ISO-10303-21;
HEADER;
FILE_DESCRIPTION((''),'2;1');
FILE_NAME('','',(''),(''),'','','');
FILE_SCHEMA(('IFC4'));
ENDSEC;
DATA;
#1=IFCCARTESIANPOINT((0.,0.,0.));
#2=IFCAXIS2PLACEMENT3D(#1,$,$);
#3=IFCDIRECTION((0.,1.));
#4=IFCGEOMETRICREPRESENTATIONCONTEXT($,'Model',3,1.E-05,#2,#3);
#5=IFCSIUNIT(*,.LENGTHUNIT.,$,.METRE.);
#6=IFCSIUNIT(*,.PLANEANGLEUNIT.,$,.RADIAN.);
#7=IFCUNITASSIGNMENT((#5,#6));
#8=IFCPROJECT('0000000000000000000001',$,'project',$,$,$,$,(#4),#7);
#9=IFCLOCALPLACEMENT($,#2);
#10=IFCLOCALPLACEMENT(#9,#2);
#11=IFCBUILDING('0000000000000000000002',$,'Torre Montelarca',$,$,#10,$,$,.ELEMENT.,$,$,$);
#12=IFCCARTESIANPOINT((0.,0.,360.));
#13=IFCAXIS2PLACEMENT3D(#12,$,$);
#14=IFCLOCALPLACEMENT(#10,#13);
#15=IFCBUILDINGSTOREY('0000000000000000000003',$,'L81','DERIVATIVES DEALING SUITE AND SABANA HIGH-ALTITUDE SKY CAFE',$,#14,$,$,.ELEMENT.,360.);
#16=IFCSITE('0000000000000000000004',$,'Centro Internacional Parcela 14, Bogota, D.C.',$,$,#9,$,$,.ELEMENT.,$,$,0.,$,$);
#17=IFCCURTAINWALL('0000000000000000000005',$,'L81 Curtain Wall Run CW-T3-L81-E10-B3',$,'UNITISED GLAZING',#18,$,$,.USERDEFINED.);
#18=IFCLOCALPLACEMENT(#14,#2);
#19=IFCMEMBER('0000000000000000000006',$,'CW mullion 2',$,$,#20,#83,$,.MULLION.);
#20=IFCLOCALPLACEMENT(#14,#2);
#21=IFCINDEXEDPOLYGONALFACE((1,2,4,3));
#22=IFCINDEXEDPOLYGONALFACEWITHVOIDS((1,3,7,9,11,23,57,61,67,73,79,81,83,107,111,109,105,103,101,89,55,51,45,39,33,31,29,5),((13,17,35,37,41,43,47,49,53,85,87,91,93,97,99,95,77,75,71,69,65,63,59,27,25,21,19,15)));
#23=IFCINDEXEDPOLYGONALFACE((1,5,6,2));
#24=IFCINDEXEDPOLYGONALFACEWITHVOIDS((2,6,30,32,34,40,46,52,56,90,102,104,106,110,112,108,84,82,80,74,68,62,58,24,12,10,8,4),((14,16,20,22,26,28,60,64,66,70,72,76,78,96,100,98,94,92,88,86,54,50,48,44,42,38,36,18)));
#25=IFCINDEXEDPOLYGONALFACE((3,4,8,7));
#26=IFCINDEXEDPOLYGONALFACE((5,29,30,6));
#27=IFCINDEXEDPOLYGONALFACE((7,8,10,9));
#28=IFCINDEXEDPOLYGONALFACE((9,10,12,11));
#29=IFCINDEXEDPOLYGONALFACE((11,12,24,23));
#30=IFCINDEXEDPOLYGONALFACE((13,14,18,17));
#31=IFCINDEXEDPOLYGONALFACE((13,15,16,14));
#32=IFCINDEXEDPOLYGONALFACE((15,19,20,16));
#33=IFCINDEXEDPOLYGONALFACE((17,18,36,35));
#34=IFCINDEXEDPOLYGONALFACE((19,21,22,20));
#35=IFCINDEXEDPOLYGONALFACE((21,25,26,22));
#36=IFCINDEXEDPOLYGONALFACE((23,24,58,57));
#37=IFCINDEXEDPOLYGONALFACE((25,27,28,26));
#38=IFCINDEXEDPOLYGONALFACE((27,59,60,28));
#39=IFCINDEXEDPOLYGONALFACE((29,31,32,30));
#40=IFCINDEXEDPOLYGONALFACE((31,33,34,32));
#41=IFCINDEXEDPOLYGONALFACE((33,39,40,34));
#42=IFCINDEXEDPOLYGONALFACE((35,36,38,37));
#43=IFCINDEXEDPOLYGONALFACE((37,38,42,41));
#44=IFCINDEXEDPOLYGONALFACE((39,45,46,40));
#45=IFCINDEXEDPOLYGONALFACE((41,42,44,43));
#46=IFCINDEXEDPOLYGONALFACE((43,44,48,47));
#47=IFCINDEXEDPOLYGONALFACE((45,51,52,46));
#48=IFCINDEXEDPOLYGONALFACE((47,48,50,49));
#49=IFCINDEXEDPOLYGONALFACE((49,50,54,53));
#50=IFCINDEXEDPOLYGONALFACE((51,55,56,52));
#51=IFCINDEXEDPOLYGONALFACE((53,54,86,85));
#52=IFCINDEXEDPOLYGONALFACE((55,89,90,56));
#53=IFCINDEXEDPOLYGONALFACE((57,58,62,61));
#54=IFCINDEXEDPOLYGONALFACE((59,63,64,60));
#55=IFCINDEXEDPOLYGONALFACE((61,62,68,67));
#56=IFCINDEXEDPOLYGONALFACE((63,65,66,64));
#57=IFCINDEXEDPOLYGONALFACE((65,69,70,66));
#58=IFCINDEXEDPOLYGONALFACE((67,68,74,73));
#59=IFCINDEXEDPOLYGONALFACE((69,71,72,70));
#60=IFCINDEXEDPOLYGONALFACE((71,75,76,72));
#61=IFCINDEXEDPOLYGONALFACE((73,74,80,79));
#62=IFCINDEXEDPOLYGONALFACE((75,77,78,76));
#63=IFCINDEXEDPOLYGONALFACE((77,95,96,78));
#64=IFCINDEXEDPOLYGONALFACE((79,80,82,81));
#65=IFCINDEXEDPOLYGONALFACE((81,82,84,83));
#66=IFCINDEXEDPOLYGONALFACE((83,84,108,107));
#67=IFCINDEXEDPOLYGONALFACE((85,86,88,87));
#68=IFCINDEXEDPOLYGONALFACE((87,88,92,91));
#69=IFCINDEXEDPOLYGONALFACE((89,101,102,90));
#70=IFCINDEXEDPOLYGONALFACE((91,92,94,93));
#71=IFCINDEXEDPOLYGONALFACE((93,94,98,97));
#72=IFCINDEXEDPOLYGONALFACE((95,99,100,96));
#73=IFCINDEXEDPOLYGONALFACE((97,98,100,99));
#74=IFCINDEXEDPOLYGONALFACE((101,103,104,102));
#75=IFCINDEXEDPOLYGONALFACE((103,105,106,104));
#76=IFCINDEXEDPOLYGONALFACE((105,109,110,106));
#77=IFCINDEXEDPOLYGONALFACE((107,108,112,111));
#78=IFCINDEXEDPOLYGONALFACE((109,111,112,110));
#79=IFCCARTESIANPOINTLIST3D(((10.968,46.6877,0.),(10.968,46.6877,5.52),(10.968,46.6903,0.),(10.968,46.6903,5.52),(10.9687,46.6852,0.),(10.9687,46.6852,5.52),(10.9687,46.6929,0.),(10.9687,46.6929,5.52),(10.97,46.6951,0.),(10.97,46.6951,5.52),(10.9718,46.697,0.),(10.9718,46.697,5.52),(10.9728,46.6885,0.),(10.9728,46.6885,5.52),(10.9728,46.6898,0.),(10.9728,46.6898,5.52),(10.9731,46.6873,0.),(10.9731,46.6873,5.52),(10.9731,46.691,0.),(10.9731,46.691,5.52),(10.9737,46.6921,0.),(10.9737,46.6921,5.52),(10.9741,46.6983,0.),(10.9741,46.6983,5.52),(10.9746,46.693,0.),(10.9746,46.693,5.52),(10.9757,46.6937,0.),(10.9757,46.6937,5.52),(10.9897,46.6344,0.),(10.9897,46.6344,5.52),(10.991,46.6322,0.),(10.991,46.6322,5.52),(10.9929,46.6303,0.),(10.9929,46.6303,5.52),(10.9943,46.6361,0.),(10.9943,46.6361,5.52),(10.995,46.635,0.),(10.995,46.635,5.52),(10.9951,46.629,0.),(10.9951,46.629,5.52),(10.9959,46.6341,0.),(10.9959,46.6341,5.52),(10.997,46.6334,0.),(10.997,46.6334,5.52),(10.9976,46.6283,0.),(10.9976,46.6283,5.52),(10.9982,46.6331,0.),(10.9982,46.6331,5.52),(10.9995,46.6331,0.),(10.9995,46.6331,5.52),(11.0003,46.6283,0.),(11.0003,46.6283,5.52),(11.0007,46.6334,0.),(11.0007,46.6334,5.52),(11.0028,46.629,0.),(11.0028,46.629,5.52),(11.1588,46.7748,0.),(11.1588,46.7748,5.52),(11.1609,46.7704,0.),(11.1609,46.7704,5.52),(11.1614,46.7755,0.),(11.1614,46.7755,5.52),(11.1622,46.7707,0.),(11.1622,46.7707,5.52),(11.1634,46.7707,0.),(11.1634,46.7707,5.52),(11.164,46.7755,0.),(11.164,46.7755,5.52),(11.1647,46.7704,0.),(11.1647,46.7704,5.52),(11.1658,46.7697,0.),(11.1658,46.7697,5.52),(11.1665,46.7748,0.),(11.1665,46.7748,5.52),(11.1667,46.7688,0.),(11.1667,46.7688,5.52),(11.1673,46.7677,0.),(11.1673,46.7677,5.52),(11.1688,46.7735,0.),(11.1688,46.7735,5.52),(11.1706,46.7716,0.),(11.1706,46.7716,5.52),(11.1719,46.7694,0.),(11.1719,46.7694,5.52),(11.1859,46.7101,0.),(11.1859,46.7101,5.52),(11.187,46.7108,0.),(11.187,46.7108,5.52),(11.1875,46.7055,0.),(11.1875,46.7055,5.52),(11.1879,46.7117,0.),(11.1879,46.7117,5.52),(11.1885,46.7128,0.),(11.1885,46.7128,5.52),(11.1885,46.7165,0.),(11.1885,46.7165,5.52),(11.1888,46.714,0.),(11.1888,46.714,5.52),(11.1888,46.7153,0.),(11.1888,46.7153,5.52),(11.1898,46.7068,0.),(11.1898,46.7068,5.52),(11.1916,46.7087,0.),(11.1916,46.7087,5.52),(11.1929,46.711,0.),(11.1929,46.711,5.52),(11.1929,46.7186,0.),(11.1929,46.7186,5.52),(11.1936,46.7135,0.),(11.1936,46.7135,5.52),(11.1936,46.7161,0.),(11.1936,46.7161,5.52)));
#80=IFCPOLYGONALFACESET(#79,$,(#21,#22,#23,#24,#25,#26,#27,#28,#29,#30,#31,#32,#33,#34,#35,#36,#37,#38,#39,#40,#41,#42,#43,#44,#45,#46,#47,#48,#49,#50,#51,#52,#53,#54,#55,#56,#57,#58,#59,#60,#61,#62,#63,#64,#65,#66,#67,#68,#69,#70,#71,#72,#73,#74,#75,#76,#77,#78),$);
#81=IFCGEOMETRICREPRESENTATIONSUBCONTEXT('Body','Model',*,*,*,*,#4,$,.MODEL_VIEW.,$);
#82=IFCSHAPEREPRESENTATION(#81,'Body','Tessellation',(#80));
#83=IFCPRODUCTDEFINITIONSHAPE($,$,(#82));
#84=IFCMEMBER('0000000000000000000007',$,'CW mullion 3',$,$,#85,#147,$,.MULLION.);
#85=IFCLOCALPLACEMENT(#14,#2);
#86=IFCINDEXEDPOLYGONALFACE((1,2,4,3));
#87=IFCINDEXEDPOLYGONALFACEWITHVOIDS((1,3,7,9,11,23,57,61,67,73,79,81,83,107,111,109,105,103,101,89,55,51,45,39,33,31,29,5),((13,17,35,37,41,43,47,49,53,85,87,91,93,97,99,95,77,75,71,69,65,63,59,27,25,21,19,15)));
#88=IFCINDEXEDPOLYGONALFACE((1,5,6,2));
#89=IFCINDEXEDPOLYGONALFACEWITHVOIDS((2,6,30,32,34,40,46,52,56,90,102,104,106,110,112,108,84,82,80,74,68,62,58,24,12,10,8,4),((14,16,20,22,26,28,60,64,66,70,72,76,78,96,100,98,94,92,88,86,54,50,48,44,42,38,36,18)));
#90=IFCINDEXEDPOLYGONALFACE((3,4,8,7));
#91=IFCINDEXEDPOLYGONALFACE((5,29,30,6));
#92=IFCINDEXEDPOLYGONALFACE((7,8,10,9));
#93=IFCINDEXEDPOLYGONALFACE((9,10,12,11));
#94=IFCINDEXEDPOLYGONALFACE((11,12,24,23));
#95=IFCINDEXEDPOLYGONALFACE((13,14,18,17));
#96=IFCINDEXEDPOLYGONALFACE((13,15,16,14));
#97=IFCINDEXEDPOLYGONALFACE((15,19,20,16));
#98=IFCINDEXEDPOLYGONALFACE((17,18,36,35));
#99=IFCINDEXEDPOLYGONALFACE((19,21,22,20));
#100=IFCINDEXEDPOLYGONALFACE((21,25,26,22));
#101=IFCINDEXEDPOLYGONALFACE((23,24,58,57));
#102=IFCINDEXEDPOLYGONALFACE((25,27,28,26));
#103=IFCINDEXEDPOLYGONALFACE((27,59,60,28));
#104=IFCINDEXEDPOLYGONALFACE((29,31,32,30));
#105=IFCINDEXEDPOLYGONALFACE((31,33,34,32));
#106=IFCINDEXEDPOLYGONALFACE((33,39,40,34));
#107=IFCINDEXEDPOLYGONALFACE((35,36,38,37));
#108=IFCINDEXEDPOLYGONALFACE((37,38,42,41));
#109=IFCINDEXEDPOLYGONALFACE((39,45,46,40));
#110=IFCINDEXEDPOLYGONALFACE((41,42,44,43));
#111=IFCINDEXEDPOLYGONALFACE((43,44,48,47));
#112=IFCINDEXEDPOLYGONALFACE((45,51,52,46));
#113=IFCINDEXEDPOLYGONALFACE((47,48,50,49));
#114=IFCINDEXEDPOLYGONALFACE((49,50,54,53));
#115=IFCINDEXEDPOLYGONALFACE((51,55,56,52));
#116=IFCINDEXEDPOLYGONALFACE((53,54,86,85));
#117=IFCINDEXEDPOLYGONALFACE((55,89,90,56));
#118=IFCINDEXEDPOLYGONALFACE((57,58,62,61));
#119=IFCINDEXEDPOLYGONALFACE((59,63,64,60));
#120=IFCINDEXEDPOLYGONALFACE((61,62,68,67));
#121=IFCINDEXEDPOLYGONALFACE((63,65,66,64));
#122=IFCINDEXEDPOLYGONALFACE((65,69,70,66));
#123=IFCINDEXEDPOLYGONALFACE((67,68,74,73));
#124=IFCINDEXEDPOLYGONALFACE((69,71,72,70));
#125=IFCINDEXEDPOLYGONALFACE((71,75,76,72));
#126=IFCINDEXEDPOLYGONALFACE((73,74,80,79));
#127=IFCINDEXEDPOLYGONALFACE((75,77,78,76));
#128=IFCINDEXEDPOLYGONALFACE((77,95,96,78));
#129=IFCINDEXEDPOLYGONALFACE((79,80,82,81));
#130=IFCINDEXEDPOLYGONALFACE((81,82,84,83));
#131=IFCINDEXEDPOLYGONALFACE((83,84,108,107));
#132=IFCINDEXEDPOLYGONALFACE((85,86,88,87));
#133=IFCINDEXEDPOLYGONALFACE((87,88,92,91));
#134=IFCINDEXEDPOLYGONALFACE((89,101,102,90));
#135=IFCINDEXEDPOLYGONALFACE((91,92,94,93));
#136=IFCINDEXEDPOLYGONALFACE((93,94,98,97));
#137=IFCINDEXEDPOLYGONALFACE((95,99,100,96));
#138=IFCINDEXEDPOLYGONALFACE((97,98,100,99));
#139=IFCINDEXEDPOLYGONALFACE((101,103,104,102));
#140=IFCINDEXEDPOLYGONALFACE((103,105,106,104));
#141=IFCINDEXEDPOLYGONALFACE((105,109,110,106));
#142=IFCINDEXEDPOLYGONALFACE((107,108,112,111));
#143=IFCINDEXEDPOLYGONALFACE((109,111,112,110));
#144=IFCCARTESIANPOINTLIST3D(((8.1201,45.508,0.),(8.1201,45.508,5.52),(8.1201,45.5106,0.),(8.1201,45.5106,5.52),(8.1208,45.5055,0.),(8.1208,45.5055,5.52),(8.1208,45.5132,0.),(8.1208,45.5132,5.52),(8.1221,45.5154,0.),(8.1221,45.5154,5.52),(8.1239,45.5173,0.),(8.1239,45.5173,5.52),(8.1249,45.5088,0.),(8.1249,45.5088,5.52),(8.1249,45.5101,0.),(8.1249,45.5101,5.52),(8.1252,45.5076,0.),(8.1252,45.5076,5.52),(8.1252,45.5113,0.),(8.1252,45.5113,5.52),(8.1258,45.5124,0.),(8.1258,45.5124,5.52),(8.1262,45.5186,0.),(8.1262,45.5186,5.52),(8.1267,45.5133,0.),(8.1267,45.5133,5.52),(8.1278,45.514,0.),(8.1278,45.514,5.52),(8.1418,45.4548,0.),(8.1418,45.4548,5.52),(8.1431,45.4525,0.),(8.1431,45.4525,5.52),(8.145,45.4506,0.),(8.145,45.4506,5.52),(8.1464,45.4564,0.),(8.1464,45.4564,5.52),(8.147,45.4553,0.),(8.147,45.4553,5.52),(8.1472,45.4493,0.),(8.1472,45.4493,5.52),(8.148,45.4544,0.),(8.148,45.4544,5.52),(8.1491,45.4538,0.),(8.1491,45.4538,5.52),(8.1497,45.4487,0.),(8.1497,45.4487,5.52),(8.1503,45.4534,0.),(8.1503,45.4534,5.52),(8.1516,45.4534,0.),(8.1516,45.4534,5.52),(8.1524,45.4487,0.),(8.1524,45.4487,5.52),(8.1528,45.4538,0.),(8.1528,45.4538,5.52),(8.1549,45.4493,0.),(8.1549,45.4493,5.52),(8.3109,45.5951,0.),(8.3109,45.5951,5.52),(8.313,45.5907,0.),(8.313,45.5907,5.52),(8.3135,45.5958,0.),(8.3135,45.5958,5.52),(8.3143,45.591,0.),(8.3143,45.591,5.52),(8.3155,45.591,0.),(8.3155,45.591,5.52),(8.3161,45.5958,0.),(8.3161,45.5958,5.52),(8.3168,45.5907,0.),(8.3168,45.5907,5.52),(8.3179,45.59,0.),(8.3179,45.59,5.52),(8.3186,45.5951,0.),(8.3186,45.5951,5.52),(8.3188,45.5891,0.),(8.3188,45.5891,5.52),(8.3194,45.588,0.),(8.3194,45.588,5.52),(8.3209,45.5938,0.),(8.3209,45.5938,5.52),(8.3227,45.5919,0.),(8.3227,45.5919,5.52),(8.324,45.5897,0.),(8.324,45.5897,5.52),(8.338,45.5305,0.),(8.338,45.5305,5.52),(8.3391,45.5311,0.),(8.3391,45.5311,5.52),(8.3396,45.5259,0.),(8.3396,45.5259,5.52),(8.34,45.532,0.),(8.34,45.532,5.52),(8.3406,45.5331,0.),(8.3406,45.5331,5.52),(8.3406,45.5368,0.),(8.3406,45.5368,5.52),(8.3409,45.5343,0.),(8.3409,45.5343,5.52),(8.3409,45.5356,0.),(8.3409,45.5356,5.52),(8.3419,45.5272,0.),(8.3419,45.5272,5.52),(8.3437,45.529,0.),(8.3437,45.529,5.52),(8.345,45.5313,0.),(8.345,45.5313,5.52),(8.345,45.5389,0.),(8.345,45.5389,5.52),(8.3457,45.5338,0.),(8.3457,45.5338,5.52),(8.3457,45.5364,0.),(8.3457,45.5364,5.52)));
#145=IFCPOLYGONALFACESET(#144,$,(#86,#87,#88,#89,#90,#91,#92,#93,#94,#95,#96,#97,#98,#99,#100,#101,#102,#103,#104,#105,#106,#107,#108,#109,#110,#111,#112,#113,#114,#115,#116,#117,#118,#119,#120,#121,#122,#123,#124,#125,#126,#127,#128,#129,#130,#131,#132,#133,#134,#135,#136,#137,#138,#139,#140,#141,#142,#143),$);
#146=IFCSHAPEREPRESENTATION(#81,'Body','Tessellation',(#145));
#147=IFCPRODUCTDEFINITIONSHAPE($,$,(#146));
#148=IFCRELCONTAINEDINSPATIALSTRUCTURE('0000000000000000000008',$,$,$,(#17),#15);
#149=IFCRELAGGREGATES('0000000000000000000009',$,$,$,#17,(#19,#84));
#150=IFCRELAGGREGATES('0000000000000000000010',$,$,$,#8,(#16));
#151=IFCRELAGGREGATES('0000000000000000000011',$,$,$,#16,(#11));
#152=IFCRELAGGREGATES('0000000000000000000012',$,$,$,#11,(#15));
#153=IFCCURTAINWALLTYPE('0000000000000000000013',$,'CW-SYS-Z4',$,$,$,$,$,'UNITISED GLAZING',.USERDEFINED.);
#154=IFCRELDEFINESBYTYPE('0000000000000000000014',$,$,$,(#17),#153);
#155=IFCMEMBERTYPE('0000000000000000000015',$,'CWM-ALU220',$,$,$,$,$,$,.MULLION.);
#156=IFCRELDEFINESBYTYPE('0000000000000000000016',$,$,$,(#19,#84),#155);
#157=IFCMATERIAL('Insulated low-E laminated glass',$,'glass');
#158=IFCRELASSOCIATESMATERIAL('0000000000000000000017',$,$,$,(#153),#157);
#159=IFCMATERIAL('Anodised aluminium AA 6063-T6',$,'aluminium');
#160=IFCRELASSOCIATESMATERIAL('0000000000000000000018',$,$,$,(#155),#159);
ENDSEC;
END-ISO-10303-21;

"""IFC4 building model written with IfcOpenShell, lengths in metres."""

from ifc_helpers import new_model, si_unit, direction, frame, origin, origin_2d, place, context, subcontext, project, spatial, hollow_rectangle, extrude, source, transform, mapped, material, material_profile, profile_set, type_object, element, aggregate, save


model = new_model("IFC4")

# Units and contexts
model_context = context("Model", 3, precision=1e-05, world=origin(), true_north=direction((0.0, 1.0)))
body_context = subcontext(model_context, "Body", "Model", "MODEL_VIEW")
ifc_project = project(units=[si_unit("LENGTHUNIT", "METRE"), si_unit("PLANEANGLEUNIT", "RADIAN")], contexts=[model_context])

# Site, building, storey
site_placement = place(None, origin())
site = spatial("IfcSite", under=ifc_project, at=site_placement, Name="Centro Internacional Parcela 14, Bogota, D.C.", CompositionType="ELEMENT", RefElevation=0.0)
building_placement = place(site_placement, origin())
building = spatial("IfcBuilding", under=site, at=building_placement, Name="Torre Montelarca", CompositionType="ELEMENT")
storey_placement = place(building_placement, frame((0.0, 0.0, 360.0)))
storey = spatial("IfcBuildingStorey", under=building, at=storey_placement, Name="L81", Description="DERIVATIVES DEALING SUITE AND SABANA HIGH-ALTITUDE SKY CAFE", CompositionType="ELEMENT", Elevation=360.0)

# Curtain wall, members
ifc_material_1 = material(Name="Insulated low-E laminated glass", Category="glass")
curtain_wall_type = type_object("IfcCurtainWallType", Name="CW-SYS-Z4", ElementType="UNITISED GLAZING", PredefinedType="USERDEFINED", material=ifc_material_1)
curtain_wall_placement = place(storey_placement, origin())
curtain_wall = element("IfcCurtainWall", 1, at=curtain_wall_placement, inside=storey, type_object=curtain_wall_type, Name="L81 Curtain Wall Run CW-T3-L81-E10-B3", ObjectType="UNITISED GLAZING", PredefinedType="USERDEFINED")
ifc_material_2 = material(Name="Anodised aluminium AA 6063-T6", Category="aluminium")
ifc_material_profile_1 = material_profile(ifc_material_2, hollow_rectangle(XDim=0.075, YDim=0.22, WallThickness=0.0049, InnerFilletRadius=0.0049, OuterFilletRadius=0.01, at=origin_2d()), Name="ALU75X220X5", Category="aluminium")
ifc_profile_set_1 = profile_set([ifc_material_profile_1], Name="Anodised aluminium AA 6063-T6")
member_type_1 = type_object("IfcMemberType", Name="CWM-ALU220", PredefinedType="MULLION", material=ifc_profile_set_1)
shared_shape_1 = source(origin(), body_context, "Body", "SweptSolid", [
    extrude(hollow_rectangle(XDim=0.075, YDim=0.22, WallThickness=0.0049, InnerFilletRadius=0.0049, OuterFilletRadius=0.01, at=origin_2d()), origin(), (0.0, 0.0, 1.0), 5.52),
])
member_1_placement = place(storey_placement, frame((11.0808, 46.7019, 0.0), z_axis=(0.0, 0.0, 1.0), x_axis=(0.382686, -0.923879, 0.0)))
member_1 = element("IfcMember", 2, at=member_1_placement, type_object=member_type_1, Name="CW mullion 2", PredefinedType="MULLION", context=body_context, shape_type="MappedRepresentation", body=[
    mapped(shared_shape_1, transform((0.0, 0.0, 0.0), scale=1.0)),
])
member_2_placement = place(storey_placement, frame((8.2329, 45.5222, 0.0), z_axis=(0.0, 0.0, 1.0), x_axis=(0.382686, -0.923879, 0.0)))
member_2 = element("IfcMember", 3, at=member_2_placement, type_object=member_type_1, Name="CW mullion 3", PredefinedType="MULLION", context=body_context, shape_type="MappedRepresentation", body=[
    mapped(shared_shape_1, transform((0.0, 0.0, 0.0), scale=1.0)),
])
aggregate(curtain_wall, [member_1, member_2])

save(model, "model.ifc")
